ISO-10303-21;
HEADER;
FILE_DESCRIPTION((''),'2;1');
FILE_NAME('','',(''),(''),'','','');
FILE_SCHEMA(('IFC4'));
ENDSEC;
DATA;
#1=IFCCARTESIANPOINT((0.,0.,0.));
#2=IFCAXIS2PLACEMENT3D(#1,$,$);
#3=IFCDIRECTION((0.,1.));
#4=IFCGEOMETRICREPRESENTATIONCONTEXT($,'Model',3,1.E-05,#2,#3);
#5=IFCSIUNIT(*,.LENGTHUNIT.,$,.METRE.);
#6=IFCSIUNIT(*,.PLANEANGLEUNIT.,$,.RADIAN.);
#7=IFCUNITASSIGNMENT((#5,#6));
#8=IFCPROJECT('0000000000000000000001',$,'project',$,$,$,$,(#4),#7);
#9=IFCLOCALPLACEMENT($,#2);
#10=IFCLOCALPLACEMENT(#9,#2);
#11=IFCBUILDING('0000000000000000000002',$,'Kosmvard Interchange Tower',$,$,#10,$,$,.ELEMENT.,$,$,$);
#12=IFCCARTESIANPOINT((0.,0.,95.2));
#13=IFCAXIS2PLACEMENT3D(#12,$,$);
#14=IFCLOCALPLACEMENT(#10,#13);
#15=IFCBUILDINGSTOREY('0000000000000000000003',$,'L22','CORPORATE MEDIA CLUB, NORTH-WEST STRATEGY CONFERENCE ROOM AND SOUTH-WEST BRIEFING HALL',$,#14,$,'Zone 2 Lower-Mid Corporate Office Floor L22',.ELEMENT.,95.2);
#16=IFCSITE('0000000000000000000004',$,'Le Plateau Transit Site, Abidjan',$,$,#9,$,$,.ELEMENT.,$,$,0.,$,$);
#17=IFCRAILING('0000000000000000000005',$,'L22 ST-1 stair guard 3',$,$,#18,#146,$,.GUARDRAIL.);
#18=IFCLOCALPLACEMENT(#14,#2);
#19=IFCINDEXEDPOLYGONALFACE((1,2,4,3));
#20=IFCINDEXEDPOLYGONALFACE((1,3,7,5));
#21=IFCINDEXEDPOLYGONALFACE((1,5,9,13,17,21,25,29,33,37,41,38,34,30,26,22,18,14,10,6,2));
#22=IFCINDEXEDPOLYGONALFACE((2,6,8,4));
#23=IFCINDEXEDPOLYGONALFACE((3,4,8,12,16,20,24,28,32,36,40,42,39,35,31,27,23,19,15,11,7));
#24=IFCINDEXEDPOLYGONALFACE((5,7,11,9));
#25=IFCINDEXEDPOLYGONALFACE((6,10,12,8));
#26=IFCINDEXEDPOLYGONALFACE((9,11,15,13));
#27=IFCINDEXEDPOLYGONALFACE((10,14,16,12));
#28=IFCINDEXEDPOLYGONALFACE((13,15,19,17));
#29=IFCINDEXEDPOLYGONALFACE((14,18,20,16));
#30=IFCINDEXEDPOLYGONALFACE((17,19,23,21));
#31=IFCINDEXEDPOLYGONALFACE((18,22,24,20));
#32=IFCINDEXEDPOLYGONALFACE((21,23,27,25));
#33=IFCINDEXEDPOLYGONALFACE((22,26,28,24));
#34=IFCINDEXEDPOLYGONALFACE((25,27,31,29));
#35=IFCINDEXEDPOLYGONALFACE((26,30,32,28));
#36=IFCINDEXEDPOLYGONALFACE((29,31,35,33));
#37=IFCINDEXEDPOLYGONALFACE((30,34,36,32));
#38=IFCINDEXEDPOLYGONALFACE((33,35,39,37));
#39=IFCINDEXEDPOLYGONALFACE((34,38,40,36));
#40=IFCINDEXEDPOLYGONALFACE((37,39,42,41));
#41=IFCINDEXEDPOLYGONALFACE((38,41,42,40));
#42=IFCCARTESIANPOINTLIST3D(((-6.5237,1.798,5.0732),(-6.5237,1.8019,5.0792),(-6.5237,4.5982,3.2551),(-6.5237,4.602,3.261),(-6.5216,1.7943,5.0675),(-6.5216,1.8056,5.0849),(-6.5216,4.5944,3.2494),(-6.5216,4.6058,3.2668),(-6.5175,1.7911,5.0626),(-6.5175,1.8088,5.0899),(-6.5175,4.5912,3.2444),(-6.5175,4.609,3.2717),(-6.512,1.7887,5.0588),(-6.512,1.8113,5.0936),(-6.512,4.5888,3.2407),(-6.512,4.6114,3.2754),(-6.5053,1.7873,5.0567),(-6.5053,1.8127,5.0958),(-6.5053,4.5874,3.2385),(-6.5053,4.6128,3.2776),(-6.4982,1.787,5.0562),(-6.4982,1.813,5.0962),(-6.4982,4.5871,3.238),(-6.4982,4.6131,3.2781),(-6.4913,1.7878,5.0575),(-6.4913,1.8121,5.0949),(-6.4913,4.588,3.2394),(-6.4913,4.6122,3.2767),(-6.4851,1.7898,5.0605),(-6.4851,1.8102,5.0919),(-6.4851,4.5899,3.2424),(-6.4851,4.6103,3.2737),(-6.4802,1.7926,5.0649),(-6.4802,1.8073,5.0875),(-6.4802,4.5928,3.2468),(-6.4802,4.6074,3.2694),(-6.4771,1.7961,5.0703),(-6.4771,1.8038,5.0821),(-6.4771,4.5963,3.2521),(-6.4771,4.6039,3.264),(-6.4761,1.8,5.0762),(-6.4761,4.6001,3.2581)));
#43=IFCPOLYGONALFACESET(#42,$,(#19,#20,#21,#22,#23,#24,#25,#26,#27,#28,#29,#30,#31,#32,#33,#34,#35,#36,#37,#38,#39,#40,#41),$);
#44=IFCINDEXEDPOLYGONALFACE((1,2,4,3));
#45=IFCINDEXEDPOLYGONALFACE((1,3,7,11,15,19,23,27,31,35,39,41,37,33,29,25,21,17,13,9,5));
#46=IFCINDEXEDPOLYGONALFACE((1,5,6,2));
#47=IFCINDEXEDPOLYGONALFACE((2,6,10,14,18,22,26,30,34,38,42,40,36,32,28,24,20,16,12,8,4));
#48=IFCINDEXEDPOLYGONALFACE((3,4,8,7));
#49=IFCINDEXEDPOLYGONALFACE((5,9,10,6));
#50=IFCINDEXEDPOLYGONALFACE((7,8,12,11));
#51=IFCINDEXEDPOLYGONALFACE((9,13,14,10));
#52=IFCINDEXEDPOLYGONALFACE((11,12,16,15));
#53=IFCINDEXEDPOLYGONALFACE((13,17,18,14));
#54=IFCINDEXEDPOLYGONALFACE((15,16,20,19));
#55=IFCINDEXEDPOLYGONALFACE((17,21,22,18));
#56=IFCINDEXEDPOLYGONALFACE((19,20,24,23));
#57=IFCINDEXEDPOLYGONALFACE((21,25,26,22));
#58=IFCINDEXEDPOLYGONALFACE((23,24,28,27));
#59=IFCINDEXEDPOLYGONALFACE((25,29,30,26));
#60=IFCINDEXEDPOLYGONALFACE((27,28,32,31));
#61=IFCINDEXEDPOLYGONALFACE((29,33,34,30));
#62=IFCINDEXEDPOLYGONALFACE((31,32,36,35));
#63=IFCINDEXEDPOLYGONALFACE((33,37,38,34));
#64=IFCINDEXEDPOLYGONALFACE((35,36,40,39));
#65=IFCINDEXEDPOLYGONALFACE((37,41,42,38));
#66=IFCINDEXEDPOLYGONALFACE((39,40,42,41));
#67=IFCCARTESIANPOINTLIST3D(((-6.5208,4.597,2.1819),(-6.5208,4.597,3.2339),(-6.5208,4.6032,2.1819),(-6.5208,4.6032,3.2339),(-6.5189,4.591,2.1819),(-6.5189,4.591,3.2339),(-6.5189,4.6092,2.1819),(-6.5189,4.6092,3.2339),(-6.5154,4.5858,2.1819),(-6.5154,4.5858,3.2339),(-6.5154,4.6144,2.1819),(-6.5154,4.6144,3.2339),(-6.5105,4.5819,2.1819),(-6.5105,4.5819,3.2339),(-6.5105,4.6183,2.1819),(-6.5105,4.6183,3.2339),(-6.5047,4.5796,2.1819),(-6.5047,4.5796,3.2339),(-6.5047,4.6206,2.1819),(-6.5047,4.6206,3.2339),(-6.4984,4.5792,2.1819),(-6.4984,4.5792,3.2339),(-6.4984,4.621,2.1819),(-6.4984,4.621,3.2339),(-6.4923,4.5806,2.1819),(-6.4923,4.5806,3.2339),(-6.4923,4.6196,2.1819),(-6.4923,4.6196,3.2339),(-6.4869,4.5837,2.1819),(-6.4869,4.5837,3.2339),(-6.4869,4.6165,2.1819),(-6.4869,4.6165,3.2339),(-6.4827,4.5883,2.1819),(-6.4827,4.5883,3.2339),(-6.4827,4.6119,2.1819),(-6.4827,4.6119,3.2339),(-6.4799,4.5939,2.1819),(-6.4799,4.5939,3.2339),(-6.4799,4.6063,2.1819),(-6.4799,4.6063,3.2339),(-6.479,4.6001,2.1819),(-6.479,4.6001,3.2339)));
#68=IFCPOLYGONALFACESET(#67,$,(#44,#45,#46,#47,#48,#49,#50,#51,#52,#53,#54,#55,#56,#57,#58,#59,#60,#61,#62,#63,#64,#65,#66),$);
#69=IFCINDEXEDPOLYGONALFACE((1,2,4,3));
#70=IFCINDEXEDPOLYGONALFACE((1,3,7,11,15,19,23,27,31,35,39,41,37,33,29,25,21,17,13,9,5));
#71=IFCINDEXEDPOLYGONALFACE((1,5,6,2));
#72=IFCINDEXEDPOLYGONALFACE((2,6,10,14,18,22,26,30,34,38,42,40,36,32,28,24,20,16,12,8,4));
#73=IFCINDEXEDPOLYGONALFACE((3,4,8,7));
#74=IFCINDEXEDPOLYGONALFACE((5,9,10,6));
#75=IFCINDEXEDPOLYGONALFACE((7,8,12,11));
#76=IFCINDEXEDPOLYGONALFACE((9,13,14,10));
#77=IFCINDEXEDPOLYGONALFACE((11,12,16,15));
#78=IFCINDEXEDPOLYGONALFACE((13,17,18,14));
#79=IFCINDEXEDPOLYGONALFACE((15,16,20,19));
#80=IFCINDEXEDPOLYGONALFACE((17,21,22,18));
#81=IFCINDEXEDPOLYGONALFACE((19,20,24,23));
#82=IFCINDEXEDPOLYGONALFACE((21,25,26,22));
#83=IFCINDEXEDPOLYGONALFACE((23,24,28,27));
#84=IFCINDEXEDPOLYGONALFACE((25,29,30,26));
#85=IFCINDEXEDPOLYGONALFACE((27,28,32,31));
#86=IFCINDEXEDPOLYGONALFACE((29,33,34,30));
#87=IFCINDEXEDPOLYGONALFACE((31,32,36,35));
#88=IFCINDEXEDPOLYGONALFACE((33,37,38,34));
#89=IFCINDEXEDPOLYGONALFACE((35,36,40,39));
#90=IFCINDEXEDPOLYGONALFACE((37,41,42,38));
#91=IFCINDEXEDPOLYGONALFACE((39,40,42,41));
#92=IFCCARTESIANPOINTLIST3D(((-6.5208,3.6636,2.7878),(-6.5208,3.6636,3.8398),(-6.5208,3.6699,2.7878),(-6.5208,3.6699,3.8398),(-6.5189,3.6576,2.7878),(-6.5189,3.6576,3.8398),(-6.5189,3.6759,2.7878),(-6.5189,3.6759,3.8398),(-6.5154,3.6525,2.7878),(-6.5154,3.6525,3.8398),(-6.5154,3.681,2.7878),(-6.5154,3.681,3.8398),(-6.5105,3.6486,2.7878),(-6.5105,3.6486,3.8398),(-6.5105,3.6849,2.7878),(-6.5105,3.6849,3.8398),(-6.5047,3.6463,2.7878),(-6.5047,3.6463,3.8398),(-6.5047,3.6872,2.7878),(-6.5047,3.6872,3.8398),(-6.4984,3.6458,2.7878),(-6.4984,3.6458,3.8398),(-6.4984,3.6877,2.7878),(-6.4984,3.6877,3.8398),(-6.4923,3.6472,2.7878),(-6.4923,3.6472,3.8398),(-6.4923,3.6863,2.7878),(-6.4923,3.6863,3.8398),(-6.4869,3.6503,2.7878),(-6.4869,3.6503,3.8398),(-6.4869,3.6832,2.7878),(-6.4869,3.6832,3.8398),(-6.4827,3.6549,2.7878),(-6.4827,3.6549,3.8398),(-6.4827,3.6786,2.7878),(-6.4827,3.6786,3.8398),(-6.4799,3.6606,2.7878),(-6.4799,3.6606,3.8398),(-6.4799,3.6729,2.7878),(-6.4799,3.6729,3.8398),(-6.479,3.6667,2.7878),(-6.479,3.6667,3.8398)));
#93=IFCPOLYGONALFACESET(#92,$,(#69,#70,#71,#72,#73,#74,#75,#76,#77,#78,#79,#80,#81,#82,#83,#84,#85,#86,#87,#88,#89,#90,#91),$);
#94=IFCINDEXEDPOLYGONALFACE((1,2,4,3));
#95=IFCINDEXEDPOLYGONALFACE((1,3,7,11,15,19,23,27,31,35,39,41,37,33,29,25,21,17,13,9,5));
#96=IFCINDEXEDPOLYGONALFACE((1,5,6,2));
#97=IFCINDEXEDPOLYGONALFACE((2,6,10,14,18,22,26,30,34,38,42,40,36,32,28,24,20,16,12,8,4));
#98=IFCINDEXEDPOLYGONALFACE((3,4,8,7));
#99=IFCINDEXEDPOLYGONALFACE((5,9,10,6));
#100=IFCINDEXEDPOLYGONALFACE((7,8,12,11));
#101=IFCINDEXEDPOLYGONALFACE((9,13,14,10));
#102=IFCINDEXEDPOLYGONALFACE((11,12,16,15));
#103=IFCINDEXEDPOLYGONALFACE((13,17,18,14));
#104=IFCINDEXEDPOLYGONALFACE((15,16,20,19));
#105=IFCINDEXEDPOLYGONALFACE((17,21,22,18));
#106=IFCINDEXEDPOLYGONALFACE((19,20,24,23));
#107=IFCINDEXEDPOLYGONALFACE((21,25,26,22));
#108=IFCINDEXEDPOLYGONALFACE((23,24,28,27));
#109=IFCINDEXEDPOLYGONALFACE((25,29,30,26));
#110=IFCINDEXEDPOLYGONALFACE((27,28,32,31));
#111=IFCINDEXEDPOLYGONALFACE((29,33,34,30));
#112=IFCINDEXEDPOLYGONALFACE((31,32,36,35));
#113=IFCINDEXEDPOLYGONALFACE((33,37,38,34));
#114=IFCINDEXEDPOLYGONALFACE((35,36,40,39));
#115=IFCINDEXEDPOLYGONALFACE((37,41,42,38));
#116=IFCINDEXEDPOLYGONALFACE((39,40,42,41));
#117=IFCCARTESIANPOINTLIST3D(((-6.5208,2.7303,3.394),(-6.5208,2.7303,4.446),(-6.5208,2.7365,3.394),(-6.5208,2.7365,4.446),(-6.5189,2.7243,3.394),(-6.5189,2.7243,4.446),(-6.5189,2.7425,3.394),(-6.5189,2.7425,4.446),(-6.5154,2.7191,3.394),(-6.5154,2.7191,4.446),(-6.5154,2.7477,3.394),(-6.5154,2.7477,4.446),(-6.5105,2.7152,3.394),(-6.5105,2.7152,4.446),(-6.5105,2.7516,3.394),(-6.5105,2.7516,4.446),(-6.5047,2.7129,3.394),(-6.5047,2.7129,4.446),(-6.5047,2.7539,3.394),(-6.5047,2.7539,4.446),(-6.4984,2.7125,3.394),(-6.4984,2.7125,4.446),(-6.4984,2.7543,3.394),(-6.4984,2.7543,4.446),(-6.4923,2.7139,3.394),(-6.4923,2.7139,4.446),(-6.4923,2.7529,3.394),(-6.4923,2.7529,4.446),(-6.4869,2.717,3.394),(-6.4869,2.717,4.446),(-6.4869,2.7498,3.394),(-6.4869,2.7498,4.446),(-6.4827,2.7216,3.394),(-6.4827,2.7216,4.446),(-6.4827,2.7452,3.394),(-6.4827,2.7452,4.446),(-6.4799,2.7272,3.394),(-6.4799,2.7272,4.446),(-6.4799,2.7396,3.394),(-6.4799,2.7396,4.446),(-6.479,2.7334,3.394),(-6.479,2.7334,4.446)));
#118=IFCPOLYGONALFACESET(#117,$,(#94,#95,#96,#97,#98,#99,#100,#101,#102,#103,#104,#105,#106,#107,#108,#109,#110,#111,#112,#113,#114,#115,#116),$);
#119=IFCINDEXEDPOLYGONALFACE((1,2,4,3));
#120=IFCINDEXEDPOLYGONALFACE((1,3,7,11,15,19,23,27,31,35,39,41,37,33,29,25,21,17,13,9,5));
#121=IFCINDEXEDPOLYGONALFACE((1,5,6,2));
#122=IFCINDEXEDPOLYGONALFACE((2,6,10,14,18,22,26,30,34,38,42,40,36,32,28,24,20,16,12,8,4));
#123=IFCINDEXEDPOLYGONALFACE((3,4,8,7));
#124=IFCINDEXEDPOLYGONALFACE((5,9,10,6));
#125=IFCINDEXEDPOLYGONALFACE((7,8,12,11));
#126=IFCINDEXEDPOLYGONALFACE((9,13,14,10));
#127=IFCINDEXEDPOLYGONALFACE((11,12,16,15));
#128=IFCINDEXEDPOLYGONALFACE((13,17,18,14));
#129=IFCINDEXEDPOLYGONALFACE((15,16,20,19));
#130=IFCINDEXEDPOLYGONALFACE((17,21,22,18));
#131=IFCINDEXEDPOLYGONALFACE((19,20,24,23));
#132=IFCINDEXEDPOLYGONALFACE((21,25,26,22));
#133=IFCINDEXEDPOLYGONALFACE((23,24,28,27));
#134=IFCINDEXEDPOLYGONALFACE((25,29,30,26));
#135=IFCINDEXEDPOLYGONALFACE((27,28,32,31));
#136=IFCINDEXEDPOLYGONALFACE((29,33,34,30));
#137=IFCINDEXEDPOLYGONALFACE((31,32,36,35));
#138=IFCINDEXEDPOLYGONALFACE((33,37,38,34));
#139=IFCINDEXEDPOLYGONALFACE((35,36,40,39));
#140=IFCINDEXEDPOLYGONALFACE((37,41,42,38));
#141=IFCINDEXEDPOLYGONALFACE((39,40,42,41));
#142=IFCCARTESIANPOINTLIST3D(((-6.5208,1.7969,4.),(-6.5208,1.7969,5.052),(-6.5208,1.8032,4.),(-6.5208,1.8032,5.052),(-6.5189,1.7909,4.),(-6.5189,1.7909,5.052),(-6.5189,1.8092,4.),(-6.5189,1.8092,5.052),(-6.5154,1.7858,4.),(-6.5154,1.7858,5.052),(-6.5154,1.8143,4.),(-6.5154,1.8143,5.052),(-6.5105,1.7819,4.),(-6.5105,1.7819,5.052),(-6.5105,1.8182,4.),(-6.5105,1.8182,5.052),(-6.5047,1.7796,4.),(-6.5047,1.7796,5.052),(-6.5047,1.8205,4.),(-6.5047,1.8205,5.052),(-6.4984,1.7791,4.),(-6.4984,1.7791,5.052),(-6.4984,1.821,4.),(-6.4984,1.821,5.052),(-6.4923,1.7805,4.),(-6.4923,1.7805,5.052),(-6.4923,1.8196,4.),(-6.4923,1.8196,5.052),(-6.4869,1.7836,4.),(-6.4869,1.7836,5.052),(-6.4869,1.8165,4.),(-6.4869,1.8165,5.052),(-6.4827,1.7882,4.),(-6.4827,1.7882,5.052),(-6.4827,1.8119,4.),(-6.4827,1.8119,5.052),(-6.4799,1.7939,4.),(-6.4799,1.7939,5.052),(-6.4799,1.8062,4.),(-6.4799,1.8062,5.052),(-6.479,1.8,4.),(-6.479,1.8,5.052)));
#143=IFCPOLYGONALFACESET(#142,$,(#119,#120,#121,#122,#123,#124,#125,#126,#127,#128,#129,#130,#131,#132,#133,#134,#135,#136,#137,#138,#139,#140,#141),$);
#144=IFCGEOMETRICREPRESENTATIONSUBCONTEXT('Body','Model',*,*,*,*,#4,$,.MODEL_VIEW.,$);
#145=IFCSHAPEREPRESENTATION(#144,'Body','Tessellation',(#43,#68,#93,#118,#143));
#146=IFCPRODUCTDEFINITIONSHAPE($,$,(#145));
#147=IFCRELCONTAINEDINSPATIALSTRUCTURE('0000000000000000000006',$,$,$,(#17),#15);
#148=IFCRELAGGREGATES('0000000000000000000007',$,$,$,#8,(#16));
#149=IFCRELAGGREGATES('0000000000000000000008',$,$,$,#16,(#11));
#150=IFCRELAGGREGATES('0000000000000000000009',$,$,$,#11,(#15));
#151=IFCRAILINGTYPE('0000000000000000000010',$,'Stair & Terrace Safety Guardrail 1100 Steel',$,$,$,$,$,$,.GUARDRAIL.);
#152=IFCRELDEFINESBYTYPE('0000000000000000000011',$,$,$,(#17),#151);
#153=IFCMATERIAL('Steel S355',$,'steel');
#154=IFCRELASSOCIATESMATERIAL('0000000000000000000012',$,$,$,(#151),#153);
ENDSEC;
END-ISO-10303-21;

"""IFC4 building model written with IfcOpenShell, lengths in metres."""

from ifc_helpers import new_model, si_unit, direction, frame, origin, origin_2d, place, context, subcontext, project, spatial, circle, extrude, source, transform, mapped, material, type_object, element, save


model = new_model("IFC4")

# Units and contexts
model_context = context("Model", 3, precision=1e-05, world=origin(), true_north=direction((0.0, 1.0)))
body_context = subcontext(model_context, "Body", "Model", "MODEL_VIEW")
ifc_project = project(units=[si_unit("LENGTHUNIT", "METRE"), si_unit("PLANEANGLEUNIT", "RADIAN")], contexts=[model_context])

# Site, building, storey
site_placement = place(None, origin())
site = spatial("IfcSite", under=ifc_project, at=site_placement, Name="Le Plateau Transit Site, Abidjan", CompositionType="ELEMENT", RefElevation=0.0)
building_placement = place(site_placement, origin())
building = spatial("IfcBuilding", under=site, at=building_placement, Name="Kosmvard Interchange Tower", CompositionType="ELEMENT")
storey_placement = place(building_placement, frame((0.0, 0.0, 95.2)))
storey = spatial("IfcBuildingStorey", under=building, at=storey_placement, Name="L22", Description="CORPORATE MEDIA CLUB, NORTH-WEST STRATEGY CONFERENCE ROOM AND SOUTH-WEST BRIEFING HALL", LongName="Zone 2 Lower-Mid Corporate Office Floor L22", CompositionType="ELEMENT", Elevation=95.2)

# Shared definitions
ifc_material_1 = material(Name="Steel S355", Category="steel")

# Railing
railing_type_1 = type_object("IfcRailingType", Name="Stair & Terrace Safety Guardrail 1100 Steel", PredefinedType="GUARDRAIL", material=ifc_material_1)
shared_shape_1 = source(origin(), body_context, "Body", "SweptSolid", [
    extrude(circle(Radius=0.0239, at=origin_2d()), frame((0.0, 0.0, 1.0762), z_axis=(0.0, -0.838706, 0.544585), x_axis=(1.0, 0.0, 0.0)), (0.0, 0.0, 1.0), 3.3386),
    extrude(circle(Radius=0.021, at=origin_2d()), origin(), (0.0, 0.0, 1.0), 1.052),
    extrude(circle(Radius=0.021, at=origin_2d()), frame((0.0, -0.9333, 0.606)), (0.0, 0.0, 1.0), 1.052),
    extrude(circle(Radius=0.021, at=origin_2d()), frame((0.0, -1.8667, 1.2122)), (0.0, 0.0, 1.0), 1.052),
    extrude(circle(Radius=0.021, at=origin_2d()), frame((0.0, -2.8, 1.8181)), (0.0, 0.0, 1.0), 1.052),
])
railing_1_placement = place(storey_placement, frame((-6.5, 4.6001, 2.1819)))
element("IfcRailing", 1, at=railing_1_placement, inside=storey, type_object=railing_type_1, Name="L22 ST-1 stair guard 3", PredefinedType="GUARDRAIL", context=body_context, shape_type="MappedRepresentation", body=[
    mapped(shared_shape_1, transform((0.0, 0.0, 0.0), scale=1.0)),
])

save(model, "model.ifc")
